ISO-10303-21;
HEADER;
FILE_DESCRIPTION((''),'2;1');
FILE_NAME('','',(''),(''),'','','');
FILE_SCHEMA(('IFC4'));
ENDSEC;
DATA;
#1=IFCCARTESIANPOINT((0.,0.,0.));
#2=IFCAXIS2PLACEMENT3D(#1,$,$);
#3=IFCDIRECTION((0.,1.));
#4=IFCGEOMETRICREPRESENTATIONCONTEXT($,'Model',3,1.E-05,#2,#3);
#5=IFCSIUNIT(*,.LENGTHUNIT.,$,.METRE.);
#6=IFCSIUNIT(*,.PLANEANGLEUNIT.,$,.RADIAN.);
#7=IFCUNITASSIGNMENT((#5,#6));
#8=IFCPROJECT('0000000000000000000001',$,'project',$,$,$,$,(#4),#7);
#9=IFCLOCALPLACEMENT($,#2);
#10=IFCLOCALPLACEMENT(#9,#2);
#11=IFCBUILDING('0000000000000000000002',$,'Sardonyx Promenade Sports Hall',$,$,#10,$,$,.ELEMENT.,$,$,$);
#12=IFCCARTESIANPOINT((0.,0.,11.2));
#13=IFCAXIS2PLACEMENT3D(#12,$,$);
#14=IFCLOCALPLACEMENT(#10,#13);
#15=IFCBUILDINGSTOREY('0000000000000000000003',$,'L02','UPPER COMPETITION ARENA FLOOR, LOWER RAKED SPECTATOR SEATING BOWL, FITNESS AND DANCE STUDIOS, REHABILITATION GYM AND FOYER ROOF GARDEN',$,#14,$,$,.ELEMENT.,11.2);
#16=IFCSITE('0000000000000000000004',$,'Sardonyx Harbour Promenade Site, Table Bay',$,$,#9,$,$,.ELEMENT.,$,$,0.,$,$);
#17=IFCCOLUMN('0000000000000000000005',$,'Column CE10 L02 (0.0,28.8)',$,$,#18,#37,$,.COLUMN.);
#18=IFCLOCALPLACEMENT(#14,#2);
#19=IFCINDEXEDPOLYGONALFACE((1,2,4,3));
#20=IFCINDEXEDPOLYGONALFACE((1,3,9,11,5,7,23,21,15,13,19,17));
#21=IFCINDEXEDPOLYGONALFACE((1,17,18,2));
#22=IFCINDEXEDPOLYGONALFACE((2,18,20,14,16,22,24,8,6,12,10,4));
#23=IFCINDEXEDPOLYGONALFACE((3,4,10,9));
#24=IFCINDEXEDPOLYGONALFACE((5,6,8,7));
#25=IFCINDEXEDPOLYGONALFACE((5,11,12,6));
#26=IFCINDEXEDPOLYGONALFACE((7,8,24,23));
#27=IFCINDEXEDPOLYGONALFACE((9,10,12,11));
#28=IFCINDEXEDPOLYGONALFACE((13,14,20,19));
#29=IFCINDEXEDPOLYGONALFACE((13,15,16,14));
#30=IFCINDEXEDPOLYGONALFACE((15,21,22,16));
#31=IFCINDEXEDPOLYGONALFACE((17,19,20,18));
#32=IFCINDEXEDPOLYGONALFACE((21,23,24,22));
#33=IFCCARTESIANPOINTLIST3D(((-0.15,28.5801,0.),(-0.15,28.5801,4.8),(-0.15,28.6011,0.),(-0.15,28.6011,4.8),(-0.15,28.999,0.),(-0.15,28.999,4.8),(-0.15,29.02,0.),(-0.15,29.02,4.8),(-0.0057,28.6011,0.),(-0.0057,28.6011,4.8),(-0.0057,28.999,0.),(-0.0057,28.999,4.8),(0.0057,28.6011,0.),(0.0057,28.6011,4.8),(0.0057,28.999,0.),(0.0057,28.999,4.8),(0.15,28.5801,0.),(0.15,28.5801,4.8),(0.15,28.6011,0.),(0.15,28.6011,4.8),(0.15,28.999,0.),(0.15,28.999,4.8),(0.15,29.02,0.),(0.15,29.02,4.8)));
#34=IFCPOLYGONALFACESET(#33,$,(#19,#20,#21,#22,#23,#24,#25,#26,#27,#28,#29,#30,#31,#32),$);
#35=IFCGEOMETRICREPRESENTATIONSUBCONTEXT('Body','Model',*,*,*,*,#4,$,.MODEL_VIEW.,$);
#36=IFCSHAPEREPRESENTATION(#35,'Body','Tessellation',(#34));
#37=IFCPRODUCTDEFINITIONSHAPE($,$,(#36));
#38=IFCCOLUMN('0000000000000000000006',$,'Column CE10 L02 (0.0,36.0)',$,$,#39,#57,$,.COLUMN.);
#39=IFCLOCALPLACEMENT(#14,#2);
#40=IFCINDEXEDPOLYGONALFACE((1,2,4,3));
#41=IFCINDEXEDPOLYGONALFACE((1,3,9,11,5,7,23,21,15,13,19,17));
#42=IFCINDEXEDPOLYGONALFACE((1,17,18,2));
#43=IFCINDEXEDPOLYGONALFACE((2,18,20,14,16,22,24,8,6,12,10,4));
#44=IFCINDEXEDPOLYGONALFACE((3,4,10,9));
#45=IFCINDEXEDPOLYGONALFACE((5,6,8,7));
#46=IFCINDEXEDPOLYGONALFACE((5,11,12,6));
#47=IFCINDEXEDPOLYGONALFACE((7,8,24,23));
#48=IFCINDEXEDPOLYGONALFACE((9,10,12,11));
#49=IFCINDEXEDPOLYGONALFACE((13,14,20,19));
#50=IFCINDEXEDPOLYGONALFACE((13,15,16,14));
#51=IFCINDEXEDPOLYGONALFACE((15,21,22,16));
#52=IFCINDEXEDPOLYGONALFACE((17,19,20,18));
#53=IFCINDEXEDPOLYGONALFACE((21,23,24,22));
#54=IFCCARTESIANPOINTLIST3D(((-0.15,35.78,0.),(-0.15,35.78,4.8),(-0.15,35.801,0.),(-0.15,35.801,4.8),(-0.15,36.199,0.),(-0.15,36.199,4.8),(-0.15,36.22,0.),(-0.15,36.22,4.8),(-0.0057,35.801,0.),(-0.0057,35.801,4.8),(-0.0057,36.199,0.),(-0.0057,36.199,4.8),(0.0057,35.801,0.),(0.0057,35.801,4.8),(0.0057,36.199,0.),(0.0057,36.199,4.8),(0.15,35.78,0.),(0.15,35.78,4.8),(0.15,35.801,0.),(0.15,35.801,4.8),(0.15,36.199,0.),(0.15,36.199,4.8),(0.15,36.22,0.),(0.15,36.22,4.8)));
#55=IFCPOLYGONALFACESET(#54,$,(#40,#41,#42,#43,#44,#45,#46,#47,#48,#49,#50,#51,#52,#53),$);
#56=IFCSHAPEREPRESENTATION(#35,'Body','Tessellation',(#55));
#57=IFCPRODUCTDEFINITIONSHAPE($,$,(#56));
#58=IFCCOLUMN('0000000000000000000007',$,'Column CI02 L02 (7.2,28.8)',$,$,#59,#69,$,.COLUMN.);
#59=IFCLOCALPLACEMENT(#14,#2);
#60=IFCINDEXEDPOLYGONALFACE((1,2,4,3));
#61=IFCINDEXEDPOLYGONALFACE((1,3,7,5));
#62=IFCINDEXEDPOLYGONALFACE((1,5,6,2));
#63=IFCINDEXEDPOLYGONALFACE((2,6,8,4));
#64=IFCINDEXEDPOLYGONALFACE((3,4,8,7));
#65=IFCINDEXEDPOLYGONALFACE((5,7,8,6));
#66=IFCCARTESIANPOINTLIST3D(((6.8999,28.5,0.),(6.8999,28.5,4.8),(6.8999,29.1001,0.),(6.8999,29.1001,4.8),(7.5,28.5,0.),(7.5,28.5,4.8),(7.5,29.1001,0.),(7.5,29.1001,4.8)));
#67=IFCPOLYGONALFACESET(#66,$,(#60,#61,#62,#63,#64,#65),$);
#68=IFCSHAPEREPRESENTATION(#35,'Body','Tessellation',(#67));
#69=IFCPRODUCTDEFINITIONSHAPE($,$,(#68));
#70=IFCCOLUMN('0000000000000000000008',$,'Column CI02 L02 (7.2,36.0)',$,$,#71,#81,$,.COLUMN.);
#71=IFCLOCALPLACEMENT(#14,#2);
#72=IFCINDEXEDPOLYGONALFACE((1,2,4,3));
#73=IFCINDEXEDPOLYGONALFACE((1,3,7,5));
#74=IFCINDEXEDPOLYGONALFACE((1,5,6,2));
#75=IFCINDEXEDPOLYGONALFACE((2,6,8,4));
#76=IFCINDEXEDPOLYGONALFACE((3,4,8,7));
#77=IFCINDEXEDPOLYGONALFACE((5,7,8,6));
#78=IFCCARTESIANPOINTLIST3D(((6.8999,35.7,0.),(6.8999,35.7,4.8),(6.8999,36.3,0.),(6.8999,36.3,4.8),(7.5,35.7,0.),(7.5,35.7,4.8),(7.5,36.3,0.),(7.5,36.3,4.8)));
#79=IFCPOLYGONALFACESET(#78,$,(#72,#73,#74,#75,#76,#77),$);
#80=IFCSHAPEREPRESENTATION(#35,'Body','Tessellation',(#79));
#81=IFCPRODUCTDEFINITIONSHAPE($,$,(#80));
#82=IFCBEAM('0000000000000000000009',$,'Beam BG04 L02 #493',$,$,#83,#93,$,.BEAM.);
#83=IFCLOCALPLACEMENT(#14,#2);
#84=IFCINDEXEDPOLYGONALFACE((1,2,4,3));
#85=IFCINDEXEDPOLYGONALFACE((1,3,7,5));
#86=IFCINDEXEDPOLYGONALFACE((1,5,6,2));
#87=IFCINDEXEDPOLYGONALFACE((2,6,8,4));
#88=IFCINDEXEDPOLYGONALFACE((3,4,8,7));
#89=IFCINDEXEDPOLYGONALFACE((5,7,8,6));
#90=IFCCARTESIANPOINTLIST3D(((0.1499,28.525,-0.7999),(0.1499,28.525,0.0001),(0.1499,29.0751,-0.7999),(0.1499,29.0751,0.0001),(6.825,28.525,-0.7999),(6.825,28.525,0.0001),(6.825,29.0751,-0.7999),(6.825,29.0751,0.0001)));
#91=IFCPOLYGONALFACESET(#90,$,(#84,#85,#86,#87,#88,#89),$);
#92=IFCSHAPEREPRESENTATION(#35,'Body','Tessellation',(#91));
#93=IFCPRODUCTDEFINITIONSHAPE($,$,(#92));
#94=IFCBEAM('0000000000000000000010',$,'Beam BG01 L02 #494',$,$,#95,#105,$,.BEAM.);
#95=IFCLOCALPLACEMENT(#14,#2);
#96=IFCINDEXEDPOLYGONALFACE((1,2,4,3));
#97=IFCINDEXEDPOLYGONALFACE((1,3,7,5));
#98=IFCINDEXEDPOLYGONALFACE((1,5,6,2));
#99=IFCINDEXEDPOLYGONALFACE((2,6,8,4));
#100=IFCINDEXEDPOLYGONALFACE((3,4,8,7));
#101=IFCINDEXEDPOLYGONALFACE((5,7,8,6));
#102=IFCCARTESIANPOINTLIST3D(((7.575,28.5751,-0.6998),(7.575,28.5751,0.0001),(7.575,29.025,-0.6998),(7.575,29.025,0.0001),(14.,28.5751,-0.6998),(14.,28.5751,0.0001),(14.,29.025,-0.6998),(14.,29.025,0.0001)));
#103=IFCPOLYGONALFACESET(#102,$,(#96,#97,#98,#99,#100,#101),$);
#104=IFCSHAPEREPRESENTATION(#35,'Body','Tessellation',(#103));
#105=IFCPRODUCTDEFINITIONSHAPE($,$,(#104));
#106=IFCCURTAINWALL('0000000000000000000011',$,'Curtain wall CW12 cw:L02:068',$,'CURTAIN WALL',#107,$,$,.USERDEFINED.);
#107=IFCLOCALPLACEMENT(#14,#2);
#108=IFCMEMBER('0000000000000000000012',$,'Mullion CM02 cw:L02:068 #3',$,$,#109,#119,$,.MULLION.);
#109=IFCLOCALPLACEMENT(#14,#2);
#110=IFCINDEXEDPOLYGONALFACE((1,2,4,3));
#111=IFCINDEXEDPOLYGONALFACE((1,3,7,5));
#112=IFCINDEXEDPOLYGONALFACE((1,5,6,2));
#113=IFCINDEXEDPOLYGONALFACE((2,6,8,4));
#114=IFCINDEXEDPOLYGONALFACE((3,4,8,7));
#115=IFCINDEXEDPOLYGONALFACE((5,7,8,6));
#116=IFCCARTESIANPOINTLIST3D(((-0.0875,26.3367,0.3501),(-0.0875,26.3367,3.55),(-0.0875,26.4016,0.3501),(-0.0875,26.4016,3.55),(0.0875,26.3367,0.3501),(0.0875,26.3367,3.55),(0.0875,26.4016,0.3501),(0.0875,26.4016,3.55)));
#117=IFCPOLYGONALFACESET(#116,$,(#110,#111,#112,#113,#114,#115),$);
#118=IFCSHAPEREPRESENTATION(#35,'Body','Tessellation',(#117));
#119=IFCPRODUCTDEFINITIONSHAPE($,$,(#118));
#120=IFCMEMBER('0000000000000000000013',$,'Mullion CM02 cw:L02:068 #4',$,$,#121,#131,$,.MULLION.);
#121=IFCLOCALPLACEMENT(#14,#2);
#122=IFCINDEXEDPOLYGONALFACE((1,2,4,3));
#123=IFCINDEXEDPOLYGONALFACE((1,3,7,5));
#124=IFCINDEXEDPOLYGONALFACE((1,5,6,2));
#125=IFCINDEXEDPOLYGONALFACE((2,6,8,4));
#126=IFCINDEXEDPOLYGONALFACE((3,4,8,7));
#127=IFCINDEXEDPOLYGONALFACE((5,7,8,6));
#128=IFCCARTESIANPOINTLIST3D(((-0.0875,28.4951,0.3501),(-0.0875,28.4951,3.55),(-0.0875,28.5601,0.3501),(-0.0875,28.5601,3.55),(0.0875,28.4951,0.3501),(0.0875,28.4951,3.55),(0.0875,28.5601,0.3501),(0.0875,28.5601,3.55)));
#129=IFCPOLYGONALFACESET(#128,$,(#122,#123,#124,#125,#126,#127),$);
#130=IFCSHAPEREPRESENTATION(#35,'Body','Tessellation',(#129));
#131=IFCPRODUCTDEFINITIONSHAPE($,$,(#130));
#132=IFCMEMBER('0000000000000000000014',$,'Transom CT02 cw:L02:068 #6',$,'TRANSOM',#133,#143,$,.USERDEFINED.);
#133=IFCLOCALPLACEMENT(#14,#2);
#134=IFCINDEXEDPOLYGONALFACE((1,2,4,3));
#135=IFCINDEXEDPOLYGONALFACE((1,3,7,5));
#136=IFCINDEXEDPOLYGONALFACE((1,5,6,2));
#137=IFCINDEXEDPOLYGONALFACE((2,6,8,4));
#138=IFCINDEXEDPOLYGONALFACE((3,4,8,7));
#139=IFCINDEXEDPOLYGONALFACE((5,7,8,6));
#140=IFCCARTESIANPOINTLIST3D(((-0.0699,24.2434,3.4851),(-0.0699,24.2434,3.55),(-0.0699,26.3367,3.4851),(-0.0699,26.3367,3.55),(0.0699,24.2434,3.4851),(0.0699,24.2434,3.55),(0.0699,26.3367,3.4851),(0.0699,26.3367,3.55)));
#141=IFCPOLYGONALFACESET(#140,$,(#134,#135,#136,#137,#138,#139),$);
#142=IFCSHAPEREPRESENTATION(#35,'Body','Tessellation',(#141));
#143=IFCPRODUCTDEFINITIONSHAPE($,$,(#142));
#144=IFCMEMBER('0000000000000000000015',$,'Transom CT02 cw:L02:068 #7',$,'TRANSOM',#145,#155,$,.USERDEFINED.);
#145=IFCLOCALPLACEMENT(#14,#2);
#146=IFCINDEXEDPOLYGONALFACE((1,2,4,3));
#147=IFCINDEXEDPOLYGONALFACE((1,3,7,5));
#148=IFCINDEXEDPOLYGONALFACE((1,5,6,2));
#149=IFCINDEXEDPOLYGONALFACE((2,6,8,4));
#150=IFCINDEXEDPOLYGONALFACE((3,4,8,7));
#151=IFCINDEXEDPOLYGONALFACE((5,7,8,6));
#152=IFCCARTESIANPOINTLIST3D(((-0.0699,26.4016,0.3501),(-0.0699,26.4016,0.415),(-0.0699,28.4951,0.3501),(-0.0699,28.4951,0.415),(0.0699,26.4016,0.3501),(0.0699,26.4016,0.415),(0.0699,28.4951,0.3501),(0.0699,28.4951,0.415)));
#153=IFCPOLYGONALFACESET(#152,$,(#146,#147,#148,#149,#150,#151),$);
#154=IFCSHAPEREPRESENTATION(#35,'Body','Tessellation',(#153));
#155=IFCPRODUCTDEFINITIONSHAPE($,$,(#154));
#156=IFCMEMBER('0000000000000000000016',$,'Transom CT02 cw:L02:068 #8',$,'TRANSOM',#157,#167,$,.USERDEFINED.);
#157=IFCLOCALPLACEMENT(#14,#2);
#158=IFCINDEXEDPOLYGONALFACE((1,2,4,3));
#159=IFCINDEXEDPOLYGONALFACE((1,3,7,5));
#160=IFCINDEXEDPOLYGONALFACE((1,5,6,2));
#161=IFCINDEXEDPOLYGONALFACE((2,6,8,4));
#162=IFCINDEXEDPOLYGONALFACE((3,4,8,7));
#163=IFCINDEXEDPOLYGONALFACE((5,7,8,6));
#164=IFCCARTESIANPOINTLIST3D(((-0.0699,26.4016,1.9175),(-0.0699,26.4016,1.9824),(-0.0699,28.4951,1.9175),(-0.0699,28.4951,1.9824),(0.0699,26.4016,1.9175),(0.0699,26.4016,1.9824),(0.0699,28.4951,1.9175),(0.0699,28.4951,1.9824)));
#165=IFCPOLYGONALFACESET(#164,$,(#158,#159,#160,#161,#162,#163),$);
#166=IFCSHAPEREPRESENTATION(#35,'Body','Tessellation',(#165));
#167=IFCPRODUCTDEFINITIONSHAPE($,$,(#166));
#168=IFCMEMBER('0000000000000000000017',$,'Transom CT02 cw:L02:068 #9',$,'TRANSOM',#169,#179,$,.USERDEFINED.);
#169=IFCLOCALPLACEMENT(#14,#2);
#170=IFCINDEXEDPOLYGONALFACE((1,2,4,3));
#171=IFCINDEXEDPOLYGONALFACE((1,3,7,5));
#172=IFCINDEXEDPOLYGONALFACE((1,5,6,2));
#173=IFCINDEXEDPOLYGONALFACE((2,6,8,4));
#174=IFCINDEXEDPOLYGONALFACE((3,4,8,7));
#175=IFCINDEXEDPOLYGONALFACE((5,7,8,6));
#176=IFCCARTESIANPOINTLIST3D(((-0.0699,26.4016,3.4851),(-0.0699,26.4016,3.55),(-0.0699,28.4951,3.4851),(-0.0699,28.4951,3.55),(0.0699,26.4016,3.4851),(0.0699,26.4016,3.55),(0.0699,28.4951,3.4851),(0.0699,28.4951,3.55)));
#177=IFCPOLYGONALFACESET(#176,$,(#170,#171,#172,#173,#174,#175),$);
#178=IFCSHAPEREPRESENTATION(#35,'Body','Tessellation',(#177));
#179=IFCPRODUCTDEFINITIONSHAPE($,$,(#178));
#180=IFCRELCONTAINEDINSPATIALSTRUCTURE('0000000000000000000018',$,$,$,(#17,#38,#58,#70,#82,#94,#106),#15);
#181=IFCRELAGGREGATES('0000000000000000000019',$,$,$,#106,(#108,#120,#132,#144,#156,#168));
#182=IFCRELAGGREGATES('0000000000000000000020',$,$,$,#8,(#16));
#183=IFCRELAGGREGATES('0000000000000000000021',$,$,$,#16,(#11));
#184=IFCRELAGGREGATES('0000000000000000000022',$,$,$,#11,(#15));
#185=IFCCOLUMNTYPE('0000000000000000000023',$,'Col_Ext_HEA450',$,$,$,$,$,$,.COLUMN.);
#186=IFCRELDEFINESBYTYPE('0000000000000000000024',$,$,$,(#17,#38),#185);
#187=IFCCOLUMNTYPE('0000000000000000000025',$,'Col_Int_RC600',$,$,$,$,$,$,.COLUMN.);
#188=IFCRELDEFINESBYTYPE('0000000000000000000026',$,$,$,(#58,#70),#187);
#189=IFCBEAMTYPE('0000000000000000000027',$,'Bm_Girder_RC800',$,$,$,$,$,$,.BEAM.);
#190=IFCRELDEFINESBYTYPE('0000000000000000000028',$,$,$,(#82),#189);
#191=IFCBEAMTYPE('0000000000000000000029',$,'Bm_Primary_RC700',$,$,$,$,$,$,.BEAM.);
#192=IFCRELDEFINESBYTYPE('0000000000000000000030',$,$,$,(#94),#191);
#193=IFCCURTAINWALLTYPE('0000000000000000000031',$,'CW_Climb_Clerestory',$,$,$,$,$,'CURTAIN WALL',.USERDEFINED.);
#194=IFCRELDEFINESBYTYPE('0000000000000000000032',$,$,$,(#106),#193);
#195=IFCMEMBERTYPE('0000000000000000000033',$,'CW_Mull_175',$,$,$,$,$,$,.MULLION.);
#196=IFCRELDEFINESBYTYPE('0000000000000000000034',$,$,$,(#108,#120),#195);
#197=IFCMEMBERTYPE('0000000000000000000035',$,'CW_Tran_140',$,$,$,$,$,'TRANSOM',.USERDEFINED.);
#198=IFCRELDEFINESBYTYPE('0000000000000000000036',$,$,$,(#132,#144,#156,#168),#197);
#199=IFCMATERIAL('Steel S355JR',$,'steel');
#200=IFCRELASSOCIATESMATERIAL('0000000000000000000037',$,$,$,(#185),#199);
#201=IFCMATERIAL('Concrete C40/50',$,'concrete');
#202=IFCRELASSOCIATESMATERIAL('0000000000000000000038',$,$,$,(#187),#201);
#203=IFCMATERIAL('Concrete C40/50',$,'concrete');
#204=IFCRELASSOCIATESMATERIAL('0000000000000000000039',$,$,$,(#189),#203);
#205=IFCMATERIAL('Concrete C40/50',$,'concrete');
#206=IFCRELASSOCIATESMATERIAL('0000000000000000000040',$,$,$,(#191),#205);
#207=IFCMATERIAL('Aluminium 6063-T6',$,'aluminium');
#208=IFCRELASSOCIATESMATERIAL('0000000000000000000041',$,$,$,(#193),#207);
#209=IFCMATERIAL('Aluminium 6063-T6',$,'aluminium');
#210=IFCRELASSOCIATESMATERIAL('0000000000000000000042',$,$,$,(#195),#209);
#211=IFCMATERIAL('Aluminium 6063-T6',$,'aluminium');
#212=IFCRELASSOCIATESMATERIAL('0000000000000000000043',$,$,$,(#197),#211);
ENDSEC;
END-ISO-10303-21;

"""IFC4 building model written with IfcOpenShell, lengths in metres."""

from ifc_helpers import new_model, si_unit, direction, frame, origin, origin_2d, place, context, subcontext, project, spatial, rectangle, i_section, extrude, material, material_profile, profile_set, type_object, element, aggregate, save


model = new_model("IFC4")

# Units and contexts
model_context = context("Model", 3, precision=1e-05, world=origin(), true_north=direction((0.0, 1.0)))
body_context = subcontext(model_context, "Body", "Model", "MODEL_VIEW")
ifc_project = project(units=[si_unit("LENGTHUNIT", "METRE"), si_unit("PLANEANGLEUNIT", "RADIAN")], contexts=[model_context])

# Site, building, storey
site_placement = place(None, origin())
site = spatial("IfcSite", under=ifc_project, at=site_placement, Name="Sardonyx Harbour Promenade Site, Table Bay", CompositionType="ELEMENT", RefElevation=0.0)
building_placement = place(site_placement, origin())
building = spatial("IfcBuilding", under=site, at=building_placement, Name="Sardonyx Promenade Sports Hall", CompositionType="ELEMENT")
storey_placement = place(building_placement, frame((0.0, 0.0, 11.2)))
storey = spatial("IfcBuildingStorey", under=building, at=storey_placement, Name="L02", Description="UPPER COMPETITION ARENA FLOOR, LOWER RAKED SPECTATOR SEATING BOWL, FITNESS AND DANCE STUDIOS, REHABILITATION GYM AND FOYER ROOF GARDEN", CompositionType="ELEMENT", Elevation=11.2)

# Columns
ifc_material_1 = material(Name="Steel S355JR", Category="steel")
ifc_material_profile_1 = material_profile(ifc_material_1, i_section(OverallWidth=0.3, OverallDepth=0.4399, WebThickness=0.0115, FlangeThickness=0.021, at=origin_2d()))
ifc_profile_set_1 = profile_set([ifc_material_profile_1], Name="Steel S355JR")
column_type_1 = type_object("IfcColumnType", Name="Col_Ext_HEA450", PredefinedType="COLUMN", material=ifc_profile_set_1)
for number, where, z_axis, x_axis, name in (
    (1, (0.0, 28.8, 0.0), (0.0, 0.0, 1.0), (1.0, 0.0, 0.0), "Column CE10 L02 (0.0,28.8)"),
    (2, (0.0, 36.0, 0.0), (0.0, 0.0, 1.0), (1.0, 0.0, 0.0), "Column CE10 L02 (0.0,36.0)"),
):
    element("IfcColumn", number, at=place(storey_placement, frame(where, z_axis=z_axis, x_axis=x_axis)), inside=storey, type_object=column_type_1, Name=name, PredefinedType="COLUMN", context=body_context, shape_type="SweptSolid", body=[
        extrude(i_section(OverallWidth=0.3, OverallDepth=0.4399, WebThickness=0.0115, FlangeThickness=0.021, at=origin_2d()), origin(), (0.0, 0.0, 1.0), 4.8),
    ])
ifc_material_2 = material(Name="Concrete C40/50", Category="concrete")
ifc_material_profile_2 = material_profile(ifc_material_2, rectangle(XDim=0.6001, YDim=0.6001, at=origin_2d()))
ifc_profile_set_2 = profile_set([ifc_material_profile_2], Name="Concrete C40/50")
column_type_2 = type_object("IfcColumnType", Name="Col_Int_RC600", PredefinedType="COLUMN", material=ifc_profile_set_2)
for number, where, z_axis, x_axis, name in (
    (3, (7.2, 28.8, 0.0), (0.0, 0.0, 1.0), (1.0, 0.0, 0.0), "Column CI02 L02 (7.2,28.8)"),
    (4, (7.2, 36.0, 0.0), (0.0, 0.0, 1.0), (1.0, 0.0, 0.0), "Column CI02 L02 (7.2,36.0)"),
):
    element("IfcColumn", number, at=place(storey_placement, frame(where, z_axis=z_axis, x_axis=x_axis)), inside=storey, type_object=column_type_2, Name=name, PredefinedType="COLUMN", context=body_context, shape_type="SweptSolid", body=[
        extrude(rectangle(XDim=0.6001, YDim=0.6001, at=origin_2d()), origin(), (0.0, 0.0, 1.0), 4.8),
    ])

# Beams
ifc_material_3 = material(Name="Concrete C40/50", Category="concrete")
ifc_material_profile_3 = material_profile(ifc_material_3, rectangle(XDim=0.55, YDim=0.8, at=origin_2d()))
ifc_profile_set_3 = profile_set([ifc_material_profile_3], Name="Concrete C40/50")
beam_type_1 = type_object("IfcBeamType", Name="Bm_Girder_RC800", PredefinedType="BEAM", material=ifc_profile_set_3)
beam_1_placement = place(storey_placement, frame((0.1499, 28.8, -0.3999), z_axis=(1.0, 0.0, 0.0), x_axis=(0.0, 1.0, 0.0)))
element("IfcBeam", 5, at=beam_1_placement, inside=storey, type_object=beam_type_1, Name="Beam BG04 L02 #493", PredefinedType="BEAM", context=body_context, shape_type="SweptSolid", body=[
    extrude(rectangle(XDim=0.55, YDim=0.8, at=origin_2d()), origin(), (0.0, 0.0, 1.0), 6.675),
])
ifc_material_4 = material(Name="Concrete C40/50", Category="concrete")
ifc_material_profile_4 = material_profile(ifc_material_4, rectangle(XDim=0.45, YDim=0.7, at=origin_2d()))
ifc_profile_set_4 = profile_set([ifc_material_profile_4], Name="Concrete C40/50")
beam_type_2 = type_object("IfcBeamType", Name="Bm_Primary_RC700", PredefinedType="BEAM", material=ifc_profile_set_4)
beam_2_placement = place(storey_placement, frame((7.575, 28.8, -0.3499), z_axis=(1.0, 0.0, 0.0), x_axis=(0.0, 1.0, 0.0)))
element("IfcBeam", 6, at=beam_2_placement, inside=storey, type_object=beam_type_2, Name="Beam BG01 L02 #494", PredefinedType="BEAM", context=body_context, shape_type="SweptSolid", body=[
    extrude(rectangle(XDim=0.45, YDim=0.7, at=origin_2d()), origin(), (0.0, 0.0, 1.0), 6.425),
])

# Curtain wall, members
ifc_material_5 = material(Name="Aluminium 6063-T6", Category="aluminium")
curtain_wall_type = type_object("IfcCurtainWallType", Name="CW_Climb_Clerestory", ElementType="CURTAIN WALL", PredefinedType="USERDEFINED", material=ifc_material_5)
curtain_wall_placement = place(storey_placement, origin())
curtain_wall = element("IfcCurtainWall", 7, at=curtain_wall_placement, inside=storey, type_object=curtain_wall_type, Name="Curtain wall CW12 cw:L02:068", ObjectType="CURTAIN WALL", PredefinedType="USERDEFINED")
ifc_material_6 = material(Name="Aluminium 6063-T6", Category="aluminium")
ifc_material_profile_5 = material_profile(ifc_material_6, rectangle(XDim=0.0649, YDim=0.175, at=origin_2d()))
ifc_profile_set_5 = profile_set([ifc_material_profile_5], Name="Aluminium 6063-T6")
member_type_1 = type_object("IfcMemberType", Name="CW_Mull_175", PredefinedType="MULLION", material=ifc_profile_set_5)
member_1_placement = place(storey_placement, frame((0.0, 26.3691, 0.3501), z_axis=(0.0, 0.0, 1.0), x_axis=(0.0, 1.0, 0.0)))
member_1 = element("IfcMember", 8, at=member_1_placement, type_object=member_type_1, Name="Mullion CM02 cw:L02:068 #3", PredefinedType="MULLION", context=body_context, shape_type="SweptSolid", body=[
    extrude(rectangle(XDim=0.0649, YDim=0.175, at=origin_2d()), origin(), (0.0, 0.0, 1.0), 3.2),
])
member_2_placement = place(storey_placement, frame((0.0, 28.5276, 0.3501), z_axis=(0.0, 0.0, 1.0), x_axis=(0.0, 1.0, 0.0)))
member_2 = element("IfcMember", 9, at=member_2_placement, type_object=member_type_1, Name="Mullion CM02 cw:L02:068 #4", PredefinedType="MULLION", context=body_context, shape_type="SweptSolid", body=[
    extrude(rectangle(XDim=0.0649, YDim=0.175, at=origin_2d()), origin(), (0.0, 0.0, 1.0), 3.2),
])
ifc_material_7 = material(Name="Aluminium 6063-T6", Category="aluminium")
ifc_material_profile_6 = material_profile(ifc_material_7, rectangle(XDim=0.0649, YDim=0.1399, at=origin_2d()))
ifc_profile_set_6 = profile_set([ifc_material_profile_6], Name="Aluminium 6063-T6")
member_type_2 = type_object("IfcMemberType", Name="CW_Tran_140", ElementType="TRANSOM", PredefinedType="USERDEFINED", material=ifc_profile_set_6)
member_3_placement = place(storey_placement, frame((0.0, 24.2434, 3.5176), z_axis=(0.0, 1.0, 0.0), x_axis=(0.0, 0.0, 1.0)))
member_3 = element("IfcMember", 10, at=member_3_placement, type_object=member_type_2, Name="Transom CT02 cw:L02:068 #6", ObjectType="TRANSOM", PredefinedType="USERDEFINED", context=body_context, shape_type="SweptSolid", body=[
    extrude(rectangle(XDim=0.0649, YDim=0.1399, at=origin_2d()), origin(), (0.0, 0.0, 1.0), 2.0933),
])
member_4_placement = place(storey_placement, frame((0.0, 26.4016, 0.3826), z_axis=(0.0, 1.0, 0.0), x_axis=(0.0, 0.0, 1.0)))
member_4 = element("IfcMember", 11, at=member_4_placement, type_object=member_type_2, Name="Transom CT02 cw:L02:068 #7", ObjectType="TRANSOM", PredefinedType="USERDEFINED", context=body_context, shape_type="SweptSolid", body=[
    extrude(rectangle(XDim=0.0649, YDim=0.1399, at=origin_2d()), origin(), (0.0, 0.0, 1.0), 2.0935),
])
member_5_placement = place(storey_placement, frame((0.0, 26.4016, 1.95), z_axis=(0.0, 1.0, 0.0), x_axis=(0.0, 0.0, 1.0)))
member_5 = element("IfcMember", 12, at=member_5_placement, type_object=member_type_2, Name="Transom CT02 cw:L02:068 #8", ObjectType="TRANSOM", PredefinedType="USERDEFINED", context=body_context, shape_type="SweptSolid", body=[
    extrude(rectangle(XDim=0.0649, YDim=0.1399, at=origin_2d()), origin(), (0.0, 0.0, 1.0), 2.0935),
])
member_6_placement = place(storey_placement, frame((0.0, 26.4016, 3.5176), z_axis=(0.0, 1.0, 0.0), x_axis=(0.0, 0.0, 1.0)))
member_6 = element("IfcMember", 13, at=member_6_placement, type_object=member_type_2, Name="Transom CT02 cw:L02:068 #9", ObjectType="TRANSOM", PredefinedType="USERDEFINED", context=body_context, shape_type="SweptSolid", body=[
    extrude(rectangle(XDim=0.0649, YDim=0.1399, at=origin_2d()), origin(), (0.0, 0.0, 1.0), 2.0935),
])
aggregate(curtain_wall, [member_1, member_2, member_3, member_4, member_5, member_6])

save(model, "model.ifc")
